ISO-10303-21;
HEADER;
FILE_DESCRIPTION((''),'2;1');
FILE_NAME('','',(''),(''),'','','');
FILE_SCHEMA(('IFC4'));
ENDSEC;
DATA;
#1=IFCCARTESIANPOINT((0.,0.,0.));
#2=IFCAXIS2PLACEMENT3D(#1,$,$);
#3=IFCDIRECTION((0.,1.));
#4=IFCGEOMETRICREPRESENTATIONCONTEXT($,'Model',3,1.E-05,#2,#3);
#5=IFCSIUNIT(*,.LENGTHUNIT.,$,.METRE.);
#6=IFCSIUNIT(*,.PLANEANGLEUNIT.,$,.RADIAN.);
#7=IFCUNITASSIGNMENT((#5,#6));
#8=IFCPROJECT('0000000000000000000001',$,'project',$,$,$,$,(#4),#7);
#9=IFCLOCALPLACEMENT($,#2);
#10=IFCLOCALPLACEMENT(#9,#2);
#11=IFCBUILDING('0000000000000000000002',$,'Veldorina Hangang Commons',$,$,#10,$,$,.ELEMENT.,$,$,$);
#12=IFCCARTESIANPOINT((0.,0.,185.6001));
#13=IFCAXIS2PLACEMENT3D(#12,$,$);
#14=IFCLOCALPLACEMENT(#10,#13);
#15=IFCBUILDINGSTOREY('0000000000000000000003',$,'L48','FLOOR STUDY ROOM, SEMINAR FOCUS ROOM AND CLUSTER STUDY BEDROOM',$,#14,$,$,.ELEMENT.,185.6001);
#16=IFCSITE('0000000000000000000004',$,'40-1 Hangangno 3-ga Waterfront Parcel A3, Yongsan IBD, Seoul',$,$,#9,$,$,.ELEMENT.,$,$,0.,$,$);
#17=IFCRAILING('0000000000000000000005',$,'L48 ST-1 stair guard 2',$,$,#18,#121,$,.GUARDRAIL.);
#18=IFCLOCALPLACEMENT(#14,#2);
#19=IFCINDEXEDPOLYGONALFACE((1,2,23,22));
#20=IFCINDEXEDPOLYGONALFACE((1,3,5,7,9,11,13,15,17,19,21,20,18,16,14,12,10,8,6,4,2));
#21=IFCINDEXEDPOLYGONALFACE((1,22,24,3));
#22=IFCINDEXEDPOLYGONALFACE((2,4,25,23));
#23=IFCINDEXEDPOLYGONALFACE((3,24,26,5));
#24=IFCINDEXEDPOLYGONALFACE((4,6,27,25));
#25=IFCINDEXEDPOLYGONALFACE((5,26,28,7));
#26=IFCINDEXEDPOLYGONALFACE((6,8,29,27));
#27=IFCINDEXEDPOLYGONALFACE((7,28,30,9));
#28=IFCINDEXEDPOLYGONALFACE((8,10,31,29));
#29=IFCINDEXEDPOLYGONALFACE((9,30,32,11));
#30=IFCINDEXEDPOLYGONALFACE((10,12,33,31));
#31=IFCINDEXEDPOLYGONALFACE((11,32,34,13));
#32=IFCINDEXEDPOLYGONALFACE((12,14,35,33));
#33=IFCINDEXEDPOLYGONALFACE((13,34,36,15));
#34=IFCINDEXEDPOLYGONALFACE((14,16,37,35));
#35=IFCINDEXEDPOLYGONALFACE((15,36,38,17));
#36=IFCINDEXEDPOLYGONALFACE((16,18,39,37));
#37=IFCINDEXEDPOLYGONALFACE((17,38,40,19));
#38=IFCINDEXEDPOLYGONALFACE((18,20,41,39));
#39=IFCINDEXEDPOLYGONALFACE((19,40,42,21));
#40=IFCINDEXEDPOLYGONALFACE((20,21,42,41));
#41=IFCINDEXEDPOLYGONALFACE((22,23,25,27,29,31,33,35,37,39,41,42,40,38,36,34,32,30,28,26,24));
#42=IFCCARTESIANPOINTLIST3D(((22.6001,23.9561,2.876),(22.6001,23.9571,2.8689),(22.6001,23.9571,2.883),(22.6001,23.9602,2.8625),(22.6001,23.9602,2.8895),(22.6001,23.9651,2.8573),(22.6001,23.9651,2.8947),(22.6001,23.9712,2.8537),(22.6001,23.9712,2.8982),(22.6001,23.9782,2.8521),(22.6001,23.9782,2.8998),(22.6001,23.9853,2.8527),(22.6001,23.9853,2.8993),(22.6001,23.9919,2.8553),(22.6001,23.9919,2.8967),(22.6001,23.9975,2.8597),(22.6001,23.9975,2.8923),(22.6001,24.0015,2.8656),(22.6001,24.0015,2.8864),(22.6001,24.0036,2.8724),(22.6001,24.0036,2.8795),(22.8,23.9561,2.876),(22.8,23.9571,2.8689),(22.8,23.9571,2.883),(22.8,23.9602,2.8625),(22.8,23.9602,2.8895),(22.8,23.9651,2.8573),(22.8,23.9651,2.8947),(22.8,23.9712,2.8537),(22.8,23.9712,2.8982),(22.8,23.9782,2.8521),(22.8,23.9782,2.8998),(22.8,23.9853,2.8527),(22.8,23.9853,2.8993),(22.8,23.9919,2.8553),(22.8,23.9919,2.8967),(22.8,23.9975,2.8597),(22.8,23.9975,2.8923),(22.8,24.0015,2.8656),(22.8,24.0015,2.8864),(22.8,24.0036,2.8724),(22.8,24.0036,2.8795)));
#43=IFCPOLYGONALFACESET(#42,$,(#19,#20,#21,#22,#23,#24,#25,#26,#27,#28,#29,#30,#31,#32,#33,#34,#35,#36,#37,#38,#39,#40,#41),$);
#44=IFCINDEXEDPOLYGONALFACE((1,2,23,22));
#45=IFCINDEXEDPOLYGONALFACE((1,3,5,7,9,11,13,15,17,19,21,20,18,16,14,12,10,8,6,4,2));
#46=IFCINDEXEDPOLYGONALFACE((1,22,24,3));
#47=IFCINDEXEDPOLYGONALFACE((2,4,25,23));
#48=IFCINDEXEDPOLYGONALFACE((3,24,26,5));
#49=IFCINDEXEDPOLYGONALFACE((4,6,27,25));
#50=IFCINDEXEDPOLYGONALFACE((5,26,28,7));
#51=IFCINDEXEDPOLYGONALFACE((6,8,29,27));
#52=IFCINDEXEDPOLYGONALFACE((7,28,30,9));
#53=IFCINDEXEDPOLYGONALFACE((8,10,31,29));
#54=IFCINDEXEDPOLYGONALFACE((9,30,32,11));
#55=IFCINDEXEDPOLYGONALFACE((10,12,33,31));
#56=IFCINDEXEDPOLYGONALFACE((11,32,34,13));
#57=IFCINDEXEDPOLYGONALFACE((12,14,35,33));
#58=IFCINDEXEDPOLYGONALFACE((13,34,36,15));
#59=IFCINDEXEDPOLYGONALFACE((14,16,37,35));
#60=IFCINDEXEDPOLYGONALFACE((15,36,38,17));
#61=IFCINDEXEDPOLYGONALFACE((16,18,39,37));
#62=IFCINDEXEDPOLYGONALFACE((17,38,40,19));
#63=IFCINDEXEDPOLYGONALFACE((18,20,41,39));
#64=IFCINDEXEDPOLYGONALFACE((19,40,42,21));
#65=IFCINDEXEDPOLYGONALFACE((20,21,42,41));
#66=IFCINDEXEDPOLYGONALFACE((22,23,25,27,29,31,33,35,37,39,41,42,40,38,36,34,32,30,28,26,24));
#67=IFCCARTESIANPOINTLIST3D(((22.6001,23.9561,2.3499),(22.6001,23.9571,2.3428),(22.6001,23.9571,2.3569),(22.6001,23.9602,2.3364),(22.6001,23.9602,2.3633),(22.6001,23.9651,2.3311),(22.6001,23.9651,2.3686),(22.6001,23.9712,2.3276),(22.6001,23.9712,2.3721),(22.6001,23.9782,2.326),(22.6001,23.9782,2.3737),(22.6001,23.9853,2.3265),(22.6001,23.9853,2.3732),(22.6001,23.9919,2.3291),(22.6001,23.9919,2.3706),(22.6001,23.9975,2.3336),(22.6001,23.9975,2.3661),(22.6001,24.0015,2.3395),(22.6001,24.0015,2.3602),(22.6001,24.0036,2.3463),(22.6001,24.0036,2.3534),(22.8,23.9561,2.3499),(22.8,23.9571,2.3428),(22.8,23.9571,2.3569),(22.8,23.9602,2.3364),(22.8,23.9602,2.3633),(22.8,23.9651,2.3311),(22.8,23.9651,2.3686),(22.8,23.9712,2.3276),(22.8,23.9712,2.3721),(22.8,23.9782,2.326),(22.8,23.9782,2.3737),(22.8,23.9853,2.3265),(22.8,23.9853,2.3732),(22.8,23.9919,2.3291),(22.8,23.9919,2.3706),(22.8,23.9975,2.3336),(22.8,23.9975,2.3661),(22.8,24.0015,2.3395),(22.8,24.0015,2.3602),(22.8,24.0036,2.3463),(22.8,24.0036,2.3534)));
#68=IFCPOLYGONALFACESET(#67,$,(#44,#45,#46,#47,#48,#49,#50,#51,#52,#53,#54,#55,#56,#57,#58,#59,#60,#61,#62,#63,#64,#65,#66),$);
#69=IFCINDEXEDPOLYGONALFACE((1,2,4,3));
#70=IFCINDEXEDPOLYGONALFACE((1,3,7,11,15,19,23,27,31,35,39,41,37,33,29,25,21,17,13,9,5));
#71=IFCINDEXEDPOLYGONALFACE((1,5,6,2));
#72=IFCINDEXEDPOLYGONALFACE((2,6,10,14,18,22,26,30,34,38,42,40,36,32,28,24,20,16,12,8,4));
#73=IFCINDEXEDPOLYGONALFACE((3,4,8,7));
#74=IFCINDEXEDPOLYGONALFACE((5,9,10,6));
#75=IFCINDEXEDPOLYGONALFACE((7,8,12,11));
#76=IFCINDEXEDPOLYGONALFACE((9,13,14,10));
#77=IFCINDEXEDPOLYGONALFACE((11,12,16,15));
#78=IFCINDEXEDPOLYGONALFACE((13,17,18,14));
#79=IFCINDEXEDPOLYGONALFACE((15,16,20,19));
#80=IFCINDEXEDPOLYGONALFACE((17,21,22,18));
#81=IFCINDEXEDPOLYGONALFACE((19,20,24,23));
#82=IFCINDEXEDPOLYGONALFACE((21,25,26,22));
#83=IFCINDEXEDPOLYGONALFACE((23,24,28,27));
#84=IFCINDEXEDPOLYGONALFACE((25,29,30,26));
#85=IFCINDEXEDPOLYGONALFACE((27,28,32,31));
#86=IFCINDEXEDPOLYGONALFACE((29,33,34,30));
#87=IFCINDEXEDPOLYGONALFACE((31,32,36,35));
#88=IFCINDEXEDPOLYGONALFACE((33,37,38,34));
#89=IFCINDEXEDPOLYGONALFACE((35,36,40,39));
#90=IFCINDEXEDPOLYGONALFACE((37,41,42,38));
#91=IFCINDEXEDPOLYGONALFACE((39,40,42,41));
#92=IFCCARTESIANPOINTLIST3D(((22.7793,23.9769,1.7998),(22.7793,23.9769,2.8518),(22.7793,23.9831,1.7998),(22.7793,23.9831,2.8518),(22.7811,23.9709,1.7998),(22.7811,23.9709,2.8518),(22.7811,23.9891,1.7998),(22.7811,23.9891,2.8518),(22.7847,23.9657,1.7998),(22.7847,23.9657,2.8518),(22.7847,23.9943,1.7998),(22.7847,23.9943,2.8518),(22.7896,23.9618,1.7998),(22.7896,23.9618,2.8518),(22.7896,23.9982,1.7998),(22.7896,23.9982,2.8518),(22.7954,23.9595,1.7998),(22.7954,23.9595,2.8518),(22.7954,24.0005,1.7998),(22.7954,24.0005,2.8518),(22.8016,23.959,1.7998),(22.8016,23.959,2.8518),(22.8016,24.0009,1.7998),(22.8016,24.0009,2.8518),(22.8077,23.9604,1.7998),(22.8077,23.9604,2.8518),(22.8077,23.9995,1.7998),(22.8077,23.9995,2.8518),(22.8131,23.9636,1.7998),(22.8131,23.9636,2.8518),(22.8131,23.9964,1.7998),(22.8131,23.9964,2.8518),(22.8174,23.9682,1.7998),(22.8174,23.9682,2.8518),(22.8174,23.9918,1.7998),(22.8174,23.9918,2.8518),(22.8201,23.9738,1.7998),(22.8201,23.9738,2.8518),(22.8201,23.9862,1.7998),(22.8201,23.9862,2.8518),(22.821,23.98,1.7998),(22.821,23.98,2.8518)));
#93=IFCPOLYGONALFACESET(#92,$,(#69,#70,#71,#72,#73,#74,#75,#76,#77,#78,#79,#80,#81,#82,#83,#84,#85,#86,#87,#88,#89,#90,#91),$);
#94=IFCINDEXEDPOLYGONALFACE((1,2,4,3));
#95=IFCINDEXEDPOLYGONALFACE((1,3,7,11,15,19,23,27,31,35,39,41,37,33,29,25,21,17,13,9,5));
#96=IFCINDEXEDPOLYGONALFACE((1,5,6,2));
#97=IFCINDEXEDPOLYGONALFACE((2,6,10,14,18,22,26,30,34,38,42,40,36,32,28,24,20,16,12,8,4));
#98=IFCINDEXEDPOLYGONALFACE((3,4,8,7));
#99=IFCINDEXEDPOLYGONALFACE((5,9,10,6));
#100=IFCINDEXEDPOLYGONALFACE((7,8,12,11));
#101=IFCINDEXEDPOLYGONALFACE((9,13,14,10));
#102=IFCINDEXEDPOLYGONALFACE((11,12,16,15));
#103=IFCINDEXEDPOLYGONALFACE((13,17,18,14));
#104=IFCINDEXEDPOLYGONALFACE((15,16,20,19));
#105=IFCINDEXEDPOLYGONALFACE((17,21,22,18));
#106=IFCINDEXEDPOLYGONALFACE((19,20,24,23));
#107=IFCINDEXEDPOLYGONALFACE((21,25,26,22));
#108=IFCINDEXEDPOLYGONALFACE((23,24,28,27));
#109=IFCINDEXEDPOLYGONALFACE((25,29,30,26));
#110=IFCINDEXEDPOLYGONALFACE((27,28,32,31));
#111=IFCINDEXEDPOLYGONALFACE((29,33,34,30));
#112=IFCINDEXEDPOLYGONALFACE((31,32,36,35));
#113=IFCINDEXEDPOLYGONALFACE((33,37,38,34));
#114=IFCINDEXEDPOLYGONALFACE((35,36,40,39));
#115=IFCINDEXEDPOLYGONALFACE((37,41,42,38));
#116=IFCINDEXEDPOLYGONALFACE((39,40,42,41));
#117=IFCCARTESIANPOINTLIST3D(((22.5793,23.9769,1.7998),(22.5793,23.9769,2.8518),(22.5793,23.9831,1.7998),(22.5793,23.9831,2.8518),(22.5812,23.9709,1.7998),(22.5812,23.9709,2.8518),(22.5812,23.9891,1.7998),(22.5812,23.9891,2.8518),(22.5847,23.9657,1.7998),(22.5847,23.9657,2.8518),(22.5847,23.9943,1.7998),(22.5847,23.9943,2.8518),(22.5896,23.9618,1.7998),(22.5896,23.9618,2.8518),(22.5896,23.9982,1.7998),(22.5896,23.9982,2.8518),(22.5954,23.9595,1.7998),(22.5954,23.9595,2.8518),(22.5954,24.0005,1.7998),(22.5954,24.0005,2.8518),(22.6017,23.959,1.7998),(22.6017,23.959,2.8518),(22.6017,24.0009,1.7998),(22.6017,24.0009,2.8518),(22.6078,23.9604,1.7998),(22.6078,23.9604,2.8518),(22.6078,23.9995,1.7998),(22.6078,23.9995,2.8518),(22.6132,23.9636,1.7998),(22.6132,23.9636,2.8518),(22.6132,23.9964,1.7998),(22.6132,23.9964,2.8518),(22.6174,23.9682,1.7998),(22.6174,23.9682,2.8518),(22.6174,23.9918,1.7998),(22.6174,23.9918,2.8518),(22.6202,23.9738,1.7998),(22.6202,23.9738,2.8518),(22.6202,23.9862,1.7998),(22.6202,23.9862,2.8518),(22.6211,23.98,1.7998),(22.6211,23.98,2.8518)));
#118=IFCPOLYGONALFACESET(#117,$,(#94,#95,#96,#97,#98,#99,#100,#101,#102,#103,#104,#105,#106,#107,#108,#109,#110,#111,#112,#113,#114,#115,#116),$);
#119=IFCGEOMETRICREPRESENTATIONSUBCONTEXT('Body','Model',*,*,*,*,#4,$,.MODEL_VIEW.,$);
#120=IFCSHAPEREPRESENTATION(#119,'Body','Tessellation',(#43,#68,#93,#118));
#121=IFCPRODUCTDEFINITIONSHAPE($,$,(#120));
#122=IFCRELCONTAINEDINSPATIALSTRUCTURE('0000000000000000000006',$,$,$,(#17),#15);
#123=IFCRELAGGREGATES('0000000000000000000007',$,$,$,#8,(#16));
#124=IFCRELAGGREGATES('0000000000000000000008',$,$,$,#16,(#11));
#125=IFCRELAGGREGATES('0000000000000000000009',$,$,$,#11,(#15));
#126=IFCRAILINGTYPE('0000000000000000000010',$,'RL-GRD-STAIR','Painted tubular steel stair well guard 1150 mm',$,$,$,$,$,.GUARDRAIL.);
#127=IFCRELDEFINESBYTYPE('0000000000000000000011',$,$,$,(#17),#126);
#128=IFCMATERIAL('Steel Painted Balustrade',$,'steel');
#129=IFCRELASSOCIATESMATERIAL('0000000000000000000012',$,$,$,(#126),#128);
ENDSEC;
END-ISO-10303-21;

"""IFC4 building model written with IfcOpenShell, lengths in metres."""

from ifc_helpers import new_model, si_unit, direction, frame, origin, origin_2d, place, context, subcontext, project, spatial, circle, extrude, material, type_object, element, save


model = new_model("IFC4")

# Units and contexts
model_context = context("Model", 3, precision=1e-05, world=origin(), true_north=direction((0.0, 1.0)))
body_context = subcontext(model_context, "Body", "Model", "MODEL_VIEW")
ifc_project = project(units=[si_unit("LENGTHUNIT", "METRE"), si_unit("PLANEANGLEUNIT", "RADIAN")], contexts=[model_context])

# Site, building, storey
site_placement = place(None, origin())
site = spatial("IfcSite", under=ifc_project, at=site_placement, Name="40-1 Hangangno 3-ga Waterfront Parcel A3, Yongsan IBD, Seoul", CompositionType="ELEMENT", RefElevation=0.0)
building_placement = place(site_placement, origin())
building = spatial("IfcBuilding", under=site, at=building_placement, Name="Veldorina Hangang Commons", CompositionType="ELEMENT")
storey_placement = place(building_placement, frame((0.0, 0.0, 185.6001)))
storey = spatial("IfcBuildingStorey", under=building, at=storey_placement, Name="L48", Description="FLOOR STUDY ROOM, SEMINAR FOCUS ROOM AND CLUSTER STUDY BEDROOM", CompositionType="ELEMENT", Elevation=185.6001)

# Railing
ifc_material_1 = material(Name="Steel Painted Balustrade", Category="steel")
railing_type = type_object("IfcRailingType", Name="RL-GRD-STAIR", Description="Painted tubular steel stair well guard 1150 mm", PredefinedType="GUARDRAIL", material=ifc_material_1)
railing_1_placement = place(storey_placement, frame((22.8, 23.98, 1.7998)))
element("IfcRailing", 1, at=railing_1_placement, inside=storey, type_object=railing_type, Name="L48 ST-1 stair guard 2", PredefinedType="GUARDRAIL", context=body_context, shape_type="SweptSolid", body=[
    extrude(circle(Radius=0.0239, at=origin_2d()), frame((0.0, 0.0, 1.0762), z_axis=(-1.0, 0.0, 0.0), x_axis=(0.0, -1.0, 0.0)), (0.0, 0.0, 1.0), 0.2),
    extrude(circle(Radius=0.0239, at=origin_2d()), frame((0.0, 0.0, 0.55), z_axis=(-1.0, 0.0, 0.0), x_axis=(0.0, -1.0, 0.0)), (0.0, 0.0, 1.0), 0.2),
    extrude(circle(Radius=0.021, at=origin_2d()), origin(), (0.0, 0.0, 1.0), 1.052),
    extrude(circle(Radius=0.021, at=origin_2d()), frame((-0.2, 0.0, 0.0)), (0.0, 0.0, 1.0), 1.052),
])

save(model, "model.ifc")
